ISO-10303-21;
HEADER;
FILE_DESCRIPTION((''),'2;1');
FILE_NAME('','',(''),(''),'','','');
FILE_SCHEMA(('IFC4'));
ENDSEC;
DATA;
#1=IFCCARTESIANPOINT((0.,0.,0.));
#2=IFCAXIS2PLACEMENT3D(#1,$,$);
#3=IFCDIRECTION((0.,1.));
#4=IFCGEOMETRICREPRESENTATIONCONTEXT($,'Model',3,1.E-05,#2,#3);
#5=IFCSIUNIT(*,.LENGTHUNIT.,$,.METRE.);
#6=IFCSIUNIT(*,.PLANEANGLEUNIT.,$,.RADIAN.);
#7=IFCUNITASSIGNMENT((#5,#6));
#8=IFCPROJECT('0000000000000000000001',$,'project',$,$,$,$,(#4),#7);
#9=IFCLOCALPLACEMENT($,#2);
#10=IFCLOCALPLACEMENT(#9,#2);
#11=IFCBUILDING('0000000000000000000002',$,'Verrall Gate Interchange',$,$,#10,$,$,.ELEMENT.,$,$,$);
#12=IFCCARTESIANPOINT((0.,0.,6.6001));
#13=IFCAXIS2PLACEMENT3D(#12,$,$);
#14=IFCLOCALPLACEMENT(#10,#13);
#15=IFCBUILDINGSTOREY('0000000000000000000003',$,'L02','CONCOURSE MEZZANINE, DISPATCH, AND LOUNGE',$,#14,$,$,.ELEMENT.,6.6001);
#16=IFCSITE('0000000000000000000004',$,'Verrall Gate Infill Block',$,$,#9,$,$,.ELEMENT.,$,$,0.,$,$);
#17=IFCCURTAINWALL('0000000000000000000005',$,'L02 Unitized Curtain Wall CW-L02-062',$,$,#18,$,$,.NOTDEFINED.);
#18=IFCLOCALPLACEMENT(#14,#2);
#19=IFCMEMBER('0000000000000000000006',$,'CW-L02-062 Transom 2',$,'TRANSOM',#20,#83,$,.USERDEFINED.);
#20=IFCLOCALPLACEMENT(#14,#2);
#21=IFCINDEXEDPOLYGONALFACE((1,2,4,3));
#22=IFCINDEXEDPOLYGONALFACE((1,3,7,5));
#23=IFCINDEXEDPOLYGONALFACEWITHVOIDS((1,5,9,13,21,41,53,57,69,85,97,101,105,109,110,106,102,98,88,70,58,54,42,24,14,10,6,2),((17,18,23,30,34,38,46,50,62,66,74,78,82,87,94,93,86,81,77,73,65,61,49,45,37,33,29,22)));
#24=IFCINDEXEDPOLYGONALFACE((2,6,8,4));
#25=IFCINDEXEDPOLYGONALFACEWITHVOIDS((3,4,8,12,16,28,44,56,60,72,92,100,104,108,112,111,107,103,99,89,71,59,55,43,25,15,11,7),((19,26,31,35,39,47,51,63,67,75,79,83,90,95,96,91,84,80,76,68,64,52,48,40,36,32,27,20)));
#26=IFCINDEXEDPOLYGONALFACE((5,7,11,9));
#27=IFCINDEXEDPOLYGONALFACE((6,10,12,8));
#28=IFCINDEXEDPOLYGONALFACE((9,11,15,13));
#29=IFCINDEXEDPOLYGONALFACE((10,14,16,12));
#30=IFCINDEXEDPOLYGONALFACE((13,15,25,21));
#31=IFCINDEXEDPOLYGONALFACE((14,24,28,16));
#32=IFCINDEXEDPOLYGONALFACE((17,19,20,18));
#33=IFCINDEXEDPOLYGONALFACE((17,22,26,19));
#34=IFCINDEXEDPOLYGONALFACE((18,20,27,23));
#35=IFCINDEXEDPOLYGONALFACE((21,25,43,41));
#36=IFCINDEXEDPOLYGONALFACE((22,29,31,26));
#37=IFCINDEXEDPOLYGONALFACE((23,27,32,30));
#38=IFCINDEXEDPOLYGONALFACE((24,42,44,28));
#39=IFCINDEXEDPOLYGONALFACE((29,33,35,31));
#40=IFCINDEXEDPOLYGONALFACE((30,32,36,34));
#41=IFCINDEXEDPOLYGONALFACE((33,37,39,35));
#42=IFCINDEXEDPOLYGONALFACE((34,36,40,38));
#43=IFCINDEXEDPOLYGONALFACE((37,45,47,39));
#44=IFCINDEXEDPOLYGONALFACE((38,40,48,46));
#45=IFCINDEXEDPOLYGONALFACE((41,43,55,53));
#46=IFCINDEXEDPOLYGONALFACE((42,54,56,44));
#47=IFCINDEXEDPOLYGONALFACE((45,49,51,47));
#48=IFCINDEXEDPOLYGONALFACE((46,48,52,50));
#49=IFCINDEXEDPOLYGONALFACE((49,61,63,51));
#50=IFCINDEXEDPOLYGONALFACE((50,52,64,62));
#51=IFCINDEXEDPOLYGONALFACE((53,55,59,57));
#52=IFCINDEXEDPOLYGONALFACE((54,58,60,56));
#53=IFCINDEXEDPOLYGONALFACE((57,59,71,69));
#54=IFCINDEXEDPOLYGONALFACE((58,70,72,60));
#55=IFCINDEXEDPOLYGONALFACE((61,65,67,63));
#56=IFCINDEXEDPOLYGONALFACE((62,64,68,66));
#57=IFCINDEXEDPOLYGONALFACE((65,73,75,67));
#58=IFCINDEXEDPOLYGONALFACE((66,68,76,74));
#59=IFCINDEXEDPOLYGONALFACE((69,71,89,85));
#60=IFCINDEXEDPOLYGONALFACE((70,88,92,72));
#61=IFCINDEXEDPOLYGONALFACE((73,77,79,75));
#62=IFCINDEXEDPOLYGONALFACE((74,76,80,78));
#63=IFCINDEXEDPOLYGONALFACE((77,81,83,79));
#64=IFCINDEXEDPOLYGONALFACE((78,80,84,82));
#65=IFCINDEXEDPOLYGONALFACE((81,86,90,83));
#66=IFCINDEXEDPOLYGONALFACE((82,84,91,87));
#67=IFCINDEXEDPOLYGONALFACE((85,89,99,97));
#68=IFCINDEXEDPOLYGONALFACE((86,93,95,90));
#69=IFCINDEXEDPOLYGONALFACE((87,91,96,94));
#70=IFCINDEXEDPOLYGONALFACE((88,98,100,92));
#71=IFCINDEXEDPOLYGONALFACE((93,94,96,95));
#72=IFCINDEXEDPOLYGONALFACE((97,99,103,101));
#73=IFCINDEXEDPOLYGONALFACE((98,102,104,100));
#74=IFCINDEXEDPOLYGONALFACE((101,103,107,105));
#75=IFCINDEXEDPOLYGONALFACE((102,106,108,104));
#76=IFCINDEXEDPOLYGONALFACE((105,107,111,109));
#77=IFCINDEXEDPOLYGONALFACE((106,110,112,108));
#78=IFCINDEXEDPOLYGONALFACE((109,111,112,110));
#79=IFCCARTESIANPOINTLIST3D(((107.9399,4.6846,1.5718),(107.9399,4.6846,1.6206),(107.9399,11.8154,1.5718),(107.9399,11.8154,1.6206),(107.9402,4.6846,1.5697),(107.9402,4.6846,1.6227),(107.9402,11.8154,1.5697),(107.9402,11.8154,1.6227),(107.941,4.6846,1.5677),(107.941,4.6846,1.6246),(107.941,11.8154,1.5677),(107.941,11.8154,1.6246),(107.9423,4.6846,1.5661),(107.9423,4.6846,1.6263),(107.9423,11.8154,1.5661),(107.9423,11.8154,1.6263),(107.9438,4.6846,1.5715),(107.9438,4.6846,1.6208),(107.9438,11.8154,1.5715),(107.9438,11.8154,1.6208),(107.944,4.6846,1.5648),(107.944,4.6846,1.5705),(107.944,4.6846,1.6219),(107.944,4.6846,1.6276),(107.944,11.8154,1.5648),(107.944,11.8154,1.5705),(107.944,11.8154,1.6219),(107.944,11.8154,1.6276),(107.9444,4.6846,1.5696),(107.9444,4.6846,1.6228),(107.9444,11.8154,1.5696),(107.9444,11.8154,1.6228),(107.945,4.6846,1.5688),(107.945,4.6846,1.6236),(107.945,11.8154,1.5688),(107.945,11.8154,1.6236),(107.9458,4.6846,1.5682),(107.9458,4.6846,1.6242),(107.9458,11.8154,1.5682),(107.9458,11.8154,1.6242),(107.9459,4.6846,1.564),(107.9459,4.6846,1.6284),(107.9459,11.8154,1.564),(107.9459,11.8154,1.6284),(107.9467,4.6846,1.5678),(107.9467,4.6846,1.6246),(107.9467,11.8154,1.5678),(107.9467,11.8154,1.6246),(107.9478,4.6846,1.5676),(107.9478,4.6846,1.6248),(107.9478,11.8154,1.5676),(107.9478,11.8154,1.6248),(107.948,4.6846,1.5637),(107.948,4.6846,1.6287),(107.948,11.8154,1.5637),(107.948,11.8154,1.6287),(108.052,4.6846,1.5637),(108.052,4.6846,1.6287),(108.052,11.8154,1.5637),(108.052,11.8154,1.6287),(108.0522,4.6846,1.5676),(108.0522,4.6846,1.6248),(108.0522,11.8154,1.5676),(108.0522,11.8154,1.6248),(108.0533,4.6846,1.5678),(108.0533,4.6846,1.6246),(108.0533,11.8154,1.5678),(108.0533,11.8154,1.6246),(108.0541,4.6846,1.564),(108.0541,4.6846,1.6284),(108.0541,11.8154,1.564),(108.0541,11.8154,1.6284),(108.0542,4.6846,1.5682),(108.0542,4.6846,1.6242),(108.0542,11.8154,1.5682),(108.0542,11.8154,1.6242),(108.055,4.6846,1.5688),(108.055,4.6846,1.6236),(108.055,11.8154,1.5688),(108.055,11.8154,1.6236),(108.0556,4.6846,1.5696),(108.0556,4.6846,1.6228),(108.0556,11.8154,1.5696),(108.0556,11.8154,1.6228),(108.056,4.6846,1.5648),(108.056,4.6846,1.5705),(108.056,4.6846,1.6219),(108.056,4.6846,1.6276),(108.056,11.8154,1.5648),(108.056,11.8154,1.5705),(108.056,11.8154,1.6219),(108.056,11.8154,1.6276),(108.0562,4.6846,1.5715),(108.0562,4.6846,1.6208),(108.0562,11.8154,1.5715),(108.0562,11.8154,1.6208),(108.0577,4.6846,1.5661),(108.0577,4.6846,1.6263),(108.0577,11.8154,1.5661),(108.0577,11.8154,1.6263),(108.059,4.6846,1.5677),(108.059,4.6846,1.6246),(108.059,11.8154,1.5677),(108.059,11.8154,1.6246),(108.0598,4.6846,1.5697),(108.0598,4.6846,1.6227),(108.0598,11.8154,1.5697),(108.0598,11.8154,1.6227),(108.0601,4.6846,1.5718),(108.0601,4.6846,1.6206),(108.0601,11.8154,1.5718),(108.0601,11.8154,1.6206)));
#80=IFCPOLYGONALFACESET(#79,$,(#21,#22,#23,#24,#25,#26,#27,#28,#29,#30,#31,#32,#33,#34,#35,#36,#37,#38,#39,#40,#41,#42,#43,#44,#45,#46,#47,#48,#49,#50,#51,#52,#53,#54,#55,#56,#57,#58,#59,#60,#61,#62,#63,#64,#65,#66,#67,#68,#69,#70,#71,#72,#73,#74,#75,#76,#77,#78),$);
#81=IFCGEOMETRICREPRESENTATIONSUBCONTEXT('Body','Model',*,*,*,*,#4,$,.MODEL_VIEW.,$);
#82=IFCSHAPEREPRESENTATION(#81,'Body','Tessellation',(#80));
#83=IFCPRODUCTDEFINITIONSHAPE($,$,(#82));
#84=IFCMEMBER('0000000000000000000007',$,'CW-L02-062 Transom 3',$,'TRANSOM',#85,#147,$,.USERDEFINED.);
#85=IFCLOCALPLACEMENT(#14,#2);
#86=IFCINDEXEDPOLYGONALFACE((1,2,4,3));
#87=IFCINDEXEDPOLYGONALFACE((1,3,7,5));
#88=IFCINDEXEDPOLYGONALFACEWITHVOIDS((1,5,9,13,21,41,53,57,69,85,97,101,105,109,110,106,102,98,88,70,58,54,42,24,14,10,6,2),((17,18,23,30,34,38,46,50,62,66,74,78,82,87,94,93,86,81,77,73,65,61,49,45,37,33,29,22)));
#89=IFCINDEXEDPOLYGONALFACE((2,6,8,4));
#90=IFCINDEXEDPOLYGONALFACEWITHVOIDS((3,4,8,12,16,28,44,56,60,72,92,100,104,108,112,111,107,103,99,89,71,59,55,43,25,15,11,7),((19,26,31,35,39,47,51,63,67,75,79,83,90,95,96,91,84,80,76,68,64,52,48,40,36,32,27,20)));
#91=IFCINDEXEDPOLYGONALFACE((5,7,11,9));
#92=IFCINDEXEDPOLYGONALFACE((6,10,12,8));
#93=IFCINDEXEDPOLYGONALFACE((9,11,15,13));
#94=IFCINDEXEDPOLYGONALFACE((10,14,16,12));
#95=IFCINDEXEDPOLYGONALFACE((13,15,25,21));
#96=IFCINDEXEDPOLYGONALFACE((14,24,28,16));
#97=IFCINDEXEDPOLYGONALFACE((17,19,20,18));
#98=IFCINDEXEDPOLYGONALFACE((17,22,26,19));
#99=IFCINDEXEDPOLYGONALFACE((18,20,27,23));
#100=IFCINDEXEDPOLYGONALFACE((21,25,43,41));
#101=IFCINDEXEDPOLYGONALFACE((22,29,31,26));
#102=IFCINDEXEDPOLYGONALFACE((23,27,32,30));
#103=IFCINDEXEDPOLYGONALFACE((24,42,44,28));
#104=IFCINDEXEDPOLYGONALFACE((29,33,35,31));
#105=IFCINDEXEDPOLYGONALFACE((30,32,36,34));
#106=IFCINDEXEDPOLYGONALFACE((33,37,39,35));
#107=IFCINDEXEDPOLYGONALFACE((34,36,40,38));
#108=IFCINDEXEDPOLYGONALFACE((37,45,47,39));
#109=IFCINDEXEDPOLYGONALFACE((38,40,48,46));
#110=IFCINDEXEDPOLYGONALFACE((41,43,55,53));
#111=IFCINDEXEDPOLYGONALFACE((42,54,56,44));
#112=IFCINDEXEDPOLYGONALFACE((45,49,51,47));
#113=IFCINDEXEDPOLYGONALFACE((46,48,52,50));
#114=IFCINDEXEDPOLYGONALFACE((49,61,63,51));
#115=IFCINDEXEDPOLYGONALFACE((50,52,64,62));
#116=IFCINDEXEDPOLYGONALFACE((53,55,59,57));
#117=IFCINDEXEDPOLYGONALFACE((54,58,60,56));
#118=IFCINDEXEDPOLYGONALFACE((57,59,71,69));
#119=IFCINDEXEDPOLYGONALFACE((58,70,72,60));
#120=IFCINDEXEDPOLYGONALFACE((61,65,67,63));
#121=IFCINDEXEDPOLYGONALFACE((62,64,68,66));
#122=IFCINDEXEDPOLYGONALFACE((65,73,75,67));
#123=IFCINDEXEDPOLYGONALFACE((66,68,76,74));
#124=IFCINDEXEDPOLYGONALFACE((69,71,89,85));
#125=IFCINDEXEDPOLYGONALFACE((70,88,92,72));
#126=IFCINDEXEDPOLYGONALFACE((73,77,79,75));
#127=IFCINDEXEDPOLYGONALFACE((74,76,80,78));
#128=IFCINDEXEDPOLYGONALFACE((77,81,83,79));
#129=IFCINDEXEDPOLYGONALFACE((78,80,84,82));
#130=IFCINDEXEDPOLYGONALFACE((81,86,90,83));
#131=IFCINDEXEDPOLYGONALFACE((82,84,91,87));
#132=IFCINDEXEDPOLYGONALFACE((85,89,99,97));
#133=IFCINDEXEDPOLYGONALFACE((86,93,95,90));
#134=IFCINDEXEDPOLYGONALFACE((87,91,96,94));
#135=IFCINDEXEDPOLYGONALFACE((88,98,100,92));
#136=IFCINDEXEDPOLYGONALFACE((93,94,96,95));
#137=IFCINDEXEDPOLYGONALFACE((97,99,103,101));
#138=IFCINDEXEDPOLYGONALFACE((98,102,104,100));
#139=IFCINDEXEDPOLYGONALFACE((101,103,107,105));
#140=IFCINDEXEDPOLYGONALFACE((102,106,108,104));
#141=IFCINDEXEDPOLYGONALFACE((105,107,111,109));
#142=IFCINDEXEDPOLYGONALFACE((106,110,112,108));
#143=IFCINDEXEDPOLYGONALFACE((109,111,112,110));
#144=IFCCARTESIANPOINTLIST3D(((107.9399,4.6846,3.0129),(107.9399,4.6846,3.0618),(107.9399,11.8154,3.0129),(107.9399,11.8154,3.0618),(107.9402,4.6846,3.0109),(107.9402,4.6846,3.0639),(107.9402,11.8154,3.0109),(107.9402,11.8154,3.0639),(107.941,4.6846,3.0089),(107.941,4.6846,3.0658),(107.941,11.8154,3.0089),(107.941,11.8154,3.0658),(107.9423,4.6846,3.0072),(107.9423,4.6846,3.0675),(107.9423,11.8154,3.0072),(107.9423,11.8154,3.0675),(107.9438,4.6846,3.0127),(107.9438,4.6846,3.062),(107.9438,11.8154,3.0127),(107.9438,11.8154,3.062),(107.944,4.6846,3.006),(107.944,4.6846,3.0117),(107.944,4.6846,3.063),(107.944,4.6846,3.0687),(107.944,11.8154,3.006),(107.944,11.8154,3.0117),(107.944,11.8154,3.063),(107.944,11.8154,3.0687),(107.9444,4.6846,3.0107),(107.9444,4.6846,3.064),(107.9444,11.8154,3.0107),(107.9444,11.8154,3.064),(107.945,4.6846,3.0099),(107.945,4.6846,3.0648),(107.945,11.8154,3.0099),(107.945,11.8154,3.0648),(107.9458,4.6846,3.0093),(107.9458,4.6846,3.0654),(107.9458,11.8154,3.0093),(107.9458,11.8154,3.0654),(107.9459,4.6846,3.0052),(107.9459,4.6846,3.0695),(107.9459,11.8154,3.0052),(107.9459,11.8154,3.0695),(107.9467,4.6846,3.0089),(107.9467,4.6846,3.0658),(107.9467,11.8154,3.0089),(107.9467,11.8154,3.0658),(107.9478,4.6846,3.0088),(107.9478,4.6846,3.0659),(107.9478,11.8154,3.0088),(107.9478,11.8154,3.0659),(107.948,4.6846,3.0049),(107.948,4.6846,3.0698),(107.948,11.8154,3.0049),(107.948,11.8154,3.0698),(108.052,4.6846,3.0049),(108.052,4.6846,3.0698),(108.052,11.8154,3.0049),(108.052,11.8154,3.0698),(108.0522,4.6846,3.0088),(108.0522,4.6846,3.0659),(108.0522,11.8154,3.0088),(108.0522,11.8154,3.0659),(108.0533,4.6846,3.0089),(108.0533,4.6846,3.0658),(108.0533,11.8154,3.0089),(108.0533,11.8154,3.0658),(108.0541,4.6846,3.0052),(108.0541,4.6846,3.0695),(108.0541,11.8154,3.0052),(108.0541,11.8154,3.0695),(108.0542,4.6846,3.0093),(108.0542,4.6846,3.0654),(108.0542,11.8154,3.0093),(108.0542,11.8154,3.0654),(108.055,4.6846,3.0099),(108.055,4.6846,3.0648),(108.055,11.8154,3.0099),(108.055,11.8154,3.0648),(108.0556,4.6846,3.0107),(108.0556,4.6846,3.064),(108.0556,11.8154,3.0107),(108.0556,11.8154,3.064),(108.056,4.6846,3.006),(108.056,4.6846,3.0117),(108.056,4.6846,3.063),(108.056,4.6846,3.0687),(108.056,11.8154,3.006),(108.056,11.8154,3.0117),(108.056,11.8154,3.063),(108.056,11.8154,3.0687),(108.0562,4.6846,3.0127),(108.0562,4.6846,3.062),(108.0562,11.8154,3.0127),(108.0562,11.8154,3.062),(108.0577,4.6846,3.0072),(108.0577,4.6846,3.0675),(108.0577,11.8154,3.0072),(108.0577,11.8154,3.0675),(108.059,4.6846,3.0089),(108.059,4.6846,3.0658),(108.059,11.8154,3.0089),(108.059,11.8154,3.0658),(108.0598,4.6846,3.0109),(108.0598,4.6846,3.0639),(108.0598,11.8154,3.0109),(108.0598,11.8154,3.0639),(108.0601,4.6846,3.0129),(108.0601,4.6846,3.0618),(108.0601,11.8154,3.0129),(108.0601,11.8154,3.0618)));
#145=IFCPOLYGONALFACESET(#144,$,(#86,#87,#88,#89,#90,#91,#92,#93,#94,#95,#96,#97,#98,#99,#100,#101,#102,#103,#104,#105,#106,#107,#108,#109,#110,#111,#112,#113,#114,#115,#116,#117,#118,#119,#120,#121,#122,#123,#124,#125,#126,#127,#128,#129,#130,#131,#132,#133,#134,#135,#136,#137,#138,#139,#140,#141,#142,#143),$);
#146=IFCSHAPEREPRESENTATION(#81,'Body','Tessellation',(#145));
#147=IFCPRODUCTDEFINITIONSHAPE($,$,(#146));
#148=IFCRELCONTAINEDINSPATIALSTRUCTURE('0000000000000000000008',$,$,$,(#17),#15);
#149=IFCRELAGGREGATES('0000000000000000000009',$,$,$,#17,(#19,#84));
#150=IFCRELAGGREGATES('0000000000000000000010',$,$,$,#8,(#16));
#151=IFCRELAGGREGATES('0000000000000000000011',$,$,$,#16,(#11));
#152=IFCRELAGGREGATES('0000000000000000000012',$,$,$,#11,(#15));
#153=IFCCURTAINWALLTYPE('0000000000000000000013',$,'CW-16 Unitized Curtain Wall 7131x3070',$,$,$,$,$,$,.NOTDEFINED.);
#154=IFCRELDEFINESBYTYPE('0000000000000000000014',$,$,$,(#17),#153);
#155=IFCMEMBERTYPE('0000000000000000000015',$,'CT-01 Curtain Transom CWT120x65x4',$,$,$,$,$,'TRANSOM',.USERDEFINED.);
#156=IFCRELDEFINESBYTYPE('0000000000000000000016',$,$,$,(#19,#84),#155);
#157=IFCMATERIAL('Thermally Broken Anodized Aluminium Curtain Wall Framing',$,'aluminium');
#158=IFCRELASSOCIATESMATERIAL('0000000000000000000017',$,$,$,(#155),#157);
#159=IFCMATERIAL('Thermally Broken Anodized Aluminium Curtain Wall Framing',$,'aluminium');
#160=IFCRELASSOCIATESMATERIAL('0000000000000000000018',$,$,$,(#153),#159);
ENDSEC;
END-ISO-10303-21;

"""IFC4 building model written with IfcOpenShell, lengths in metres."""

from ifc_helpers import new_model, si_unit, direction, frame, origin, origin_2d, place, context, subcontext, project, spatial, hollow_rectangle, extrude, material, material_profile, profile_set, type_object, element, aggregate, save


model = new_model("IFC4")

# Units and contexts
model_context = context("Model", 3, precision=1e-05, world=origin(), true_north=direction((0.0, 1.0)))
body_context = subcontext(model_context, "Body", "Model", "MODEL_VIEW")
ifc_project = project(units=[si_unit("LENGTHUNIT", "METRE"), si_unit("PLANEANGLEUNIT", "RADIAN")], contexts=[model_context])

# Site, building, storey
site_placement = place(None, origin())
site = spatial("IfcSite", under=ifc_project, at=site_placement, Name="Verrall Gate Infill Block", CompositionType="ELEMENT", RefElevation=0.0)
building_placement = place(site_placement, origin())
building = spatial("IfcBuilding", under=site, at=building_placement, Name="Verrall Gate Interchange", CompositionType="ELEMENT")
storey_placement = place(building_placement, frame((0.0, 0.0, 6.6001)))
storey = spatial("IfcBuildingStorey", under=building, at=storey_placement, Name="L02", Description="CONCOURSE MEZZANINE, DISPATCH, AND LOUNGE", CompositionType="ELEMENT", Elevation=6.6001)

# Shared definitions
ifc_material_1 = material(Name="Thermally Broken Anodized Aluminium Curtain Wall Framing", Category="aluminium")
ifc_material_profile_1 = material_profile(ifc_material_1, hollow_rectangle(XDim=0.1201, YDim=0.0649, WallThickness=0.0039, InnerFilletRadius=0.0039, OuterFilletRadius=0.0081, at=origin_2d()), Name="CWT120x65x4")
ifc_profile_set_1 = profile_set([ifc_material_profile_1], Name="Thermally Broken Anodized Aluminium Curtain Wall Framing")
member_type_1 = type_object("IfcMemberType", Name="CT-01 Curtain Transom CWT120x65x4", ElementType="TRANSOM", PredefinedType="USERDEFINED", material=ifc_profile_set_1)

# Curtain wall, members
ifc_material_2 = material(Name="Thermally Broken Anodized Aluminium Curtain Wall Framing", Category="aluminium")
curtain_wall_type_1 = type_object("IfcCurtainWallType", Name="CW-16 Unitized Curtain Wall 7131x3070", PredefinedType="NOTDEFINED", material=ifc_material_2)
curtain_wall_1_placement = place(storey_placement, origin())
curtain_wall_1 = element("IfcCurtainWall", 1, at=curtain_wall_1_placement, inside=storey, type_object=curtain_wall_type_1, Name="L02 Unitized Curtain Wall CW-L02-062", PredefinedType="NOTDEFINED")
member_1_placement = place(storey_placement, frame((108.0, 4.6846, 1.5962), z_axis=(0.0, 1.0, 0.0), x_axis=(-1.0, 0.0, 0.0)))
member_1 = element("IfcMember", 2, at=member_1_placement, type_object=member_type_1, Name="CW-L02-062 Transom 2", ObjectType="TRANSOM", PredefinedType="USERDEFINED", context=body_context, shape_type="SweptSolid", body=[
    extrude(hollow_rectangle(XDim=0.1201, YDim=0.0649, WallThickness=0.0039, InnerFilletRadius=0.0039, OuterFilletRadius=0.0081, at=origin_2d()), origin(), (0.0, 0.0, 1.0), 7.1309),
])
member_2_placement = place(storey_placement, frame((108.0, 4.6846, 3.0374), z_axis=(0.0, 1.0, 0.0), x_axis=(-1.0, 0.0, 0.0)))
member_2 = element("IfcMember", 3, at=member_2_placement, type_object=member_type_1, Name="CW-L02-062 Transom 3", ObjectType="TRANSOM", PredefinedType="USERDEFINED", context=body_context, shape_type="SweptSolid", body=[
    extrude(hollow_rectangle(XDim=0.1201, YDim=0.0649, WallThickness=0.0039, InnerFilletRadius=0.0039, OuterFilletRadius=0.0081, at=origin_2d()), origin(), (0.0, 0.0, 1.0), 7.1309),
])
aggregate(curtain_wall_1, [member_1, member_2])

save(model, "model.ifc")
